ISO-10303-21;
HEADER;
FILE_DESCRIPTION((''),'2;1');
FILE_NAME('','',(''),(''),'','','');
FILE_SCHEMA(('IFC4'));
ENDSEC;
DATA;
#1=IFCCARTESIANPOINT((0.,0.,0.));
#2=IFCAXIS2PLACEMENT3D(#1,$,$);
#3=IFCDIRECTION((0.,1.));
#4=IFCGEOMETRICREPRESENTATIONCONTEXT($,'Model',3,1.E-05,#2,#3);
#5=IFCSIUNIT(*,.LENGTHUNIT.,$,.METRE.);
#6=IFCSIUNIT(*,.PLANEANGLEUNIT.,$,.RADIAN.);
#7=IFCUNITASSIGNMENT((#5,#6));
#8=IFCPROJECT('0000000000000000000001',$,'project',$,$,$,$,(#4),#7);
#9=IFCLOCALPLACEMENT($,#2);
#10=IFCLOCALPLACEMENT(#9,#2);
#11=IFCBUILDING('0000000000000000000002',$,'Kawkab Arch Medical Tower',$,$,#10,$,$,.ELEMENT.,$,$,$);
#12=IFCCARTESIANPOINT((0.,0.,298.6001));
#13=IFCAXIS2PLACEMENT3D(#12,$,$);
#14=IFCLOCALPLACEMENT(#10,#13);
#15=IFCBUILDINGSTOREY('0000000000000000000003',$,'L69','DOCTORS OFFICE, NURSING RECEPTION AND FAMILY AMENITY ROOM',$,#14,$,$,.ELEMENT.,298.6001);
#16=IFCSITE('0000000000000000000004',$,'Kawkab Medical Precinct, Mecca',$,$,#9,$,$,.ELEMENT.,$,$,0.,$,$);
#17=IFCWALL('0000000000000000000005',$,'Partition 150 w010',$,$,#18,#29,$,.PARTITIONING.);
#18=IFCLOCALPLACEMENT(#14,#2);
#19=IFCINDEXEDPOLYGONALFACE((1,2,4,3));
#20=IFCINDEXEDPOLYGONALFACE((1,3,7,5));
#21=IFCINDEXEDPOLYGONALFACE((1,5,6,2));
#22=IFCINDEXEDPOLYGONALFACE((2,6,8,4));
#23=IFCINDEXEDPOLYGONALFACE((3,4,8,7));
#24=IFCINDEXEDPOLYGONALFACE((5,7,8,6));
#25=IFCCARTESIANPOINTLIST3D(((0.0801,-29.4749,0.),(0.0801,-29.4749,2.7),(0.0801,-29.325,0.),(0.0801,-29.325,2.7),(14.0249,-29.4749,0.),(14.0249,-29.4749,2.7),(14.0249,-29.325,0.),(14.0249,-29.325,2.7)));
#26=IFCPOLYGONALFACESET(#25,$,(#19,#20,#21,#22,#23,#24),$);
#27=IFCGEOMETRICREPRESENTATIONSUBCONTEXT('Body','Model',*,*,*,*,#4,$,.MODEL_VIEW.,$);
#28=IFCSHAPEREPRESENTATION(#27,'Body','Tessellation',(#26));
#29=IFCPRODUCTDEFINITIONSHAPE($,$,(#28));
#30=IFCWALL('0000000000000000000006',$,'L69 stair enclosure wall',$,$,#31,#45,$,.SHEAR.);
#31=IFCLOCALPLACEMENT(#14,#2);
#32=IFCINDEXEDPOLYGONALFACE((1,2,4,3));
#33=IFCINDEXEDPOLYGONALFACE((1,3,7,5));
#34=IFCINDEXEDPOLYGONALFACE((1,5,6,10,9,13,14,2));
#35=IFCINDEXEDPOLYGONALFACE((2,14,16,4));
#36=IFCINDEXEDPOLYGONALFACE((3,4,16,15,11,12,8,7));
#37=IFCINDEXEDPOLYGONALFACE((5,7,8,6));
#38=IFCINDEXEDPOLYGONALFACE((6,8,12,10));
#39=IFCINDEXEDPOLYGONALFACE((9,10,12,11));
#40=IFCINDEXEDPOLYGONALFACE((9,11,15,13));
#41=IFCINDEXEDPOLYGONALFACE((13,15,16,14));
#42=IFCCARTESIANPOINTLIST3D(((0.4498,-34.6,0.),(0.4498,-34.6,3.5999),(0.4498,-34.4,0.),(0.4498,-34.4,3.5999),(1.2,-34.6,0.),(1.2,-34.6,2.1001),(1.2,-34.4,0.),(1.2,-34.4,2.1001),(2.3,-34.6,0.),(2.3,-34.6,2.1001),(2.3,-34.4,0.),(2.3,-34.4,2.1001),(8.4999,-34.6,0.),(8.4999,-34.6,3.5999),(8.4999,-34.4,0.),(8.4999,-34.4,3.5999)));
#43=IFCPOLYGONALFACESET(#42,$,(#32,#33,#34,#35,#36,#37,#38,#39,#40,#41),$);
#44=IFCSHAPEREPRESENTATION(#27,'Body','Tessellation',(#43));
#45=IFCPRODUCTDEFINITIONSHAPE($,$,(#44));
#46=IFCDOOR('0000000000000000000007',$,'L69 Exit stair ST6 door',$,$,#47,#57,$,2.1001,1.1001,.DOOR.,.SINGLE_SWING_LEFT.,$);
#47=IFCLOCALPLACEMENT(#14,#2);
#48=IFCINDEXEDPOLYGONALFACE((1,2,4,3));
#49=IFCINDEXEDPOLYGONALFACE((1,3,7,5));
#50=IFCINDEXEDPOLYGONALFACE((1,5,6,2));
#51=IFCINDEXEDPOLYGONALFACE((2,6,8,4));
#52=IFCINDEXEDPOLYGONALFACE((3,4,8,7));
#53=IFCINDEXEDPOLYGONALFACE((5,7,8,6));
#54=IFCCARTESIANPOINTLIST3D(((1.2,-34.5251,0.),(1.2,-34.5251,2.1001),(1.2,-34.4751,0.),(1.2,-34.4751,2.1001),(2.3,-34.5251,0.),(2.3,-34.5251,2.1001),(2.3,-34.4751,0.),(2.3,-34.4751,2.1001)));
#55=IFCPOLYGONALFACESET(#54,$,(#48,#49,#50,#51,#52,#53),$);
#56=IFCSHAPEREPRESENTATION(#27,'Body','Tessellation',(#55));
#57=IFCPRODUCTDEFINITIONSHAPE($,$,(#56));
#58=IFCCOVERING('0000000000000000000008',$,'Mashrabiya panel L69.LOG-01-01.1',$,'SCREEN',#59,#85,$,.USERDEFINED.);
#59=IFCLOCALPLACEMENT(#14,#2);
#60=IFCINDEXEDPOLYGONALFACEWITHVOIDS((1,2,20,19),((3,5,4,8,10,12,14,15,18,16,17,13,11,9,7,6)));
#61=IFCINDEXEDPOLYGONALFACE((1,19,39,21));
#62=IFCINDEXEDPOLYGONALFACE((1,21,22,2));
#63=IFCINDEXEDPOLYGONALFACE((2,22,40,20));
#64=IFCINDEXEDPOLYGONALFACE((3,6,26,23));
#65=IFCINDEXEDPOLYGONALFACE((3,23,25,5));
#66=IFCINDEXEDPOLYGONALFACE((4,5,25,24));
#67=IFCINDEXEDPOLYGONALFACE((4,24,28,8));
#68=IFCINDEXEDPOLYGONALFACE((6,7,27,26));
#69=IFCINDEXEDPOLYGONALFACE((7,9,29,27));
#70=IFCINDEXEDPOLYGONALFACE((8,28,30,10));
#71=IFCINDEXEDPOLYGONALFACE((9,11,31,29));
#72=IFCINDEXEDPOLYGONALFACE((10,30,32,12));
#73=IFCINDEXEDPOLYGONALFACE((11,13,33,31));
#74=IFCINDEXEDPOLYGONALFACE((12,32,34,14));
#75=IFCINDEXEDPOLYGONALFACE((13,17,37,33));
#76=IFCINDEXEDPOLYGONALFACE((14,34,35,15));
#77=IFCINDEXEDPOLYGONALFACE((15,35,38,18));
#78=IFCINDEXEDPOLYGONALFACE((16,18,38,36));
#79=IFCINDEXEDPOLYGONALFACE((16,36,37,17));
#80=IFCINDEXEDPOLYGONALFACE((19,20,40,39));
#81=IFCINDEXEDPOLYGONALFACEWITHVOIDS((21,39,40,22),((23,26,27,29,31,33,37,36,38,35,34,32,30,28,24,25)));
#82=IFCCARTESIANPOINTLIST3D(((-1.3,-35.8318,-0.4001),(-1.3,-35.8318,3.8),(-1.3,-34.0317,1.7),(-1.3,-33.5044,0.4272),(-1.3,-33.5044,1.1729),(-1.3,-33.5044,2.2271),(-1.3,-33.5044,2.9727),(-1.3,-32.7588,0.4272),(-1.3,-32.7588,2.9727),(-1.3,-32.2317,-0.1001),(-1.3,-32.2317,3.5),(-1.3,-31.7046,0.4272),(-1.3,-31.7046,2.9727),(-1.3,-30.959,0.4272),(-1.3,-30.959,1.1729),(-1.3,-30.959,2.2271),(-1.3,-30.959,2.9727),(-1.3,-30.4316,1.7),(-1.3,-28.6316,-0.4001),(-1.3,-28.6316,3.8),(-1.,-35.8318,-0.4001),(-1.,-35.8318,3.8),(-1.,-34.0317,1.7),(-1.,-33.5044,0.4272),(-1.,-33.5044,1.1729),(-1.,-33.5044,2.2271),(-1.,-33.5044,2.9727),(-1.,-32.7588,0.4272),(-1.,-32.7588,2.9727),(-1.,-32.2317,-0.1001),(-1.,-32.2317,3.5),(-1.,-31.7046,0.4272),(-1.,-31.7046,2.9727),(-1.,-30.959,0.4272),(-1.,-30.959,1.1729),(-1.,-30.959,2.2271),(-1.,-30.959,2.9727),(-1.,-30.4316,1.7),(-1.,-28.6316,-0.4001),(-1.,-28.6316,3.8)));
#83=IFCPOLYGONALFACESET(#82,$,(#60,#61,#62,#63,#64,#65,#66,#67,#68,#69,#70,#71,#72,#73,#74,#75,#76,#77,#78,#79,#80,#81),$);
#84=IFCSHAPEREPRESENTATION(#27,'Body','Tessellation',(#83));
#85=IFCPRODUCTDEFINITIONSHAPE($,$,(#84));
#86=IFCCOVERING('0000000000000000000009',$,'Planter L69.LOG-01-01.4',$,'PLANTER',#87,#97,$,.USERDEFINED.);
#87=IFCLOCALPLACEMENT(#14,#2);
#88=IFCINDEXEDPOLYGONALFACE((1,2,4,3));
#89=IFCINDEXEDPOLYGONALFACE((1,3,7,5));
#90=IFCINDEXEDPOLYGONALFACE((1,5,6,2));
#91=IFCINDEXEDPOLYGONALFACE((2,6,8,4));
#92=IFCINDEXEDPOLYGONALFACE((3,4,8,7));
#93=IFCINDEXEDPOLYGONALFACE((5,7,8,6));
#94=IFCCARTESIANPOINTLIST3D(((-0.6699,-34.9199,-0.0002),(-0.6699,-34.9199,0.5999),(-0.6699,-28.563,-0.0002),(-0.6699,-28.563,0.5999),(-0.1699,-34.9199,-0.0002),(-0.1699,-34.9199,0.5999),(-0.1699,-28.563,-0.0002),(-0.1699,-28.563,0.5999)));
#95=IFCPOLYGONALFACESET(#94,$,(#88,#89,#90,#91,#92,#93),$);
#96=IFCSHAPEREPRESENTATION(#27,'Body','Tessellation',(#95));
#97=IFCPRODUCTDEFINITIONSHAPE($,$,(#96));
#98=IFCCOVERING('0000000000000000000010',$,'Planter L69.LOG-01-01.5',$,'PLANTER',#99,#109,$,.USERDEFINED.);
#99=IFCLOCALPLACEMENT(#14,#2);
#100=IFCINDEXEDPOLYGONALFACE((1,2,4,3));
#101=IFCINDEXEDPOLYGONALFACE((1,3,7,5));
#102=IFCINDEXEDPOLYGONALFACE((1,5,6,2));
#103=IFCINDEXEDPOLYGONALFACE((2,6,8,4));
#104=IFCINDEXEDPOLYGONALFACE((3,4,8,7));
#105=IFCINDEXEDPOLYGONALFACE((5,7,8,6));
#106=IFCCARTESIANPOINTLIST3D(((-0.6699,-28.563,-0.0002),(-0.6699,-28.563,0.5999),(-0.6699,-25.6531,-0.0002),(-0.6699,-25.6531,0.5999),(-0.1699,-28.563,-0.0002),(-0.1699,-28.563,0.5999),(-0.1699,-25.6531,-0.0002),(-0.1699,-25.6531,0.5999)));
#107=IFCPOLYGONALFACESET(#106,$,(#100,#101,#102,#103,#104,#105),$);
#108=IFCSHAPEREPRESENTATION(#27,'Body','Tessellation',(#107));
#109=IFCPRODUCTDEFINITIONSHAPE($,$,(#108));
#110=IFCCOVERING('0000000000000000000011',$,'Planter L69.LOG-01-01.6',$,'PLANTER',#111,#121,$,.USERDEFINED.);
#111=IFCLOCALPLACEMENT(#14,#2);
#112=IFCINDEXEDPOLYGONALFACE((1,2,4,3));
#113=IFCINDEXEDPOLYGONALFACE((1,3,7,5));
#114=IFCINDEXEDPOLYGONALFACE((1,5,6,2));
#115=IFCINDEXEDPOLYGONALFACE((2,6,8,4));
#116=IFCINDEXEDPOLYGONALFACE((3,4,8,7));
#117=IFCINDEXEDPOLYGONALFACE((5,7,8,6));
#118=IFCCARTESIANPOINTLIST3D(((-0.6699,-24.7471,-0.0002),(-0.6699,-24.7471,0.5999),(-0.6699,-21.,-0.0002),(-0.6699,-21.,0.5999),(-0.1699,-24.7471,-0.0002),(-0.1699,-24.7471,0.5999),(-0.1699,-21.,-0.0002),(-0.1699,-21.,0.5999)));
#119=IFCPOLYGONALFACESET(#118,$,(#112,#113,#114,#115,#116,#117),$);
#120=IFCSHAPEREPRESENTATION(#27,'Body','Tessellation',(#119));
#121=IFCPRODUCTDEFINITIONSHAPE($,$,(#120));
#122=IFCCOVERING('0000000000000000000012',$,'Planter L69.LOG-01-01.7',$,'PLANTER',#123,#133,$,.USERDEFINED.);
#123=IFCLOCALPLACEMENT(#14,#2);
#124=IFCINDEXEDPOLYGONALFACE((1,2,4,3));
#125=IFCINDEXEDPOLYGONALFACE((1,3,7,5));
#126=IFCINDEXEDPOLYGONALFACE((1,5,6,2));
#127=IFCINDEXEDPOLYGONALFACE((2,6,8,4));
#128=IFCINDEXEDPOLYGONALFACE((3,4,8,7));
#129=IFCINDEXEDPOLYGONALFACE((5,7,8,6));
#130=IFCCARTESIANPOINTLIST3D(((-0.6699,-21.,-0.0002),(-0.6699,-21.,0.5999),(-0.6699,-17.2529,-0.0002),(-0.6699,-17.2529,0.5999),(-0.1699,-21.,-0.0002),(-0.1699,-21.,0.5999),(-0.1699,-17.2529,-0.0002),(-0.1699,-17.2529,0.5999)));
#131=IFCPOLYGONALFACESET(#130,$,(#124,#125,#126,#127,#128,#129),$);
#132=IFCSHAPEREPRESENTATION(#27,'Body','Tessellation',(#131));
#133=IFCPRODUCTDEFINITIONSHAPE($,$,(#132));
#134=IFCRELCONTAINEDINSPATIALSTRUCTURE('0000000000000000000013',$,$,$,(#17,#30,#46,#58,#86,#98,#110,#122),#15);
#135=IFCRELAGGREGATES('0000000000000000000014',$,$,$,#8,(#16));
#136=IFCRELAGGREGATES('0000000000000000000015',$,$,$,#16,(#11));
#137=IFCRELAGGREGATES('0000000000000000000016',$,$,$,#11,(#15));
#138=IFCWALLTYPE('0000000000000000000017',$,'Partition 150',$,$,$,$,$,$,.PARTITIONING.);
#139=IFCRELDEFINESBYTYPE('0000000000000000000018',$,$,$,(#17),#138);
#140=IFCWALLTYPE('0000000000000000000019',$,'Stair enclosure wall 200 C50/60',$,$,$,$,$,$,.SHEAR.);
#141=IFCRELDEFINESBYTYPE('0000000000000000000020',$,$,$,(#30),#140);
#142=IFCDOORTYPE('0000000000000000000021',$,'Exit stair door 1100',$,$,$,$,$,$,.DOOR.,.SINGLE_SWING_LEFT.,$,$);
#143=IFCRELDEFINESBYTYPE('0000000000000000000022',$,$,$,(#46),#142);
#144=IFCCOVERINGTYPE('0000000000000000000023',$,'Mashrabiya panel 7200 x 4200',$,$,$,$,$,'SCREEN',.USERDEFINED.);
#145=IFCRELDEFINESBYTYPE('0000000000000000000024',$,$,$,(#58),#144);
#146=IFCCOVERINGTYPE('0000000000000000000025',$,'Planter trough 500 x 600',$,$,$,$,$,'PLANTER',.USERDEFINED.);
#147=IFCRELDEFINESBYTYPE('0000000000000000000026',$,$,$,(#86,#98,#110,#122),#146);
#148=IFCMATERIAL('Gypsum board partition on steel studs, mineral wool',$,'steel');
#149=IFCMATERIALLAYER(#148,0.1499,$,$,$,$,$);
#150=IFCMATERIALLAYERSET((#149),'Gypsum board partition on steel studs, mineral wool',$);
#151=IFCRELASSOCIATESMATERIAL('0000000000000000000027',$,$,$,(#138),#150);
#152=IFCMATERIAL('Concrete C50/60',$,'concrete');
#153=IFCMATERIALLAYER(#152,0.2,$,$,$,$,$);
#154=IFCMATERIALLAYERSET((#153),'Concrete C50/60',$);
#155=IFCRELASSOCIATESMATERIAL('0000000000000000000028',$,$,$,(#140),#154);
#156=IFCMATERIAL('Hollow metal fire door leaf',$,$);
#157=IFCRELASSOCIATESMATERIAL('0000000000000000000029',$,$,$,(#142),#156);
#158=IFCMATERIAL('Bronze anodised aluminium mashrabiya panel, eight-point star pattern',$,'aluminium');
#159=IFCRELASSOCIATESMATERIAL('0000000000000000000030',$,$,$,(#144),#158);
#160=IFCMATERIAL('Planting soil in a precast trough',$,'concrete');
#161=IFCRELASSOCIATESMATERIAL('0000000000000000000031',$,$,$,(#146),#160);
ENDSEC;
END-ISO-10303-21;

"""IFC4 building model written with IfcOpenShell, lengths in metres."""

from ifc_helpers import new_model, si_unit, direction, frame, frame_2d, origin, origin_2d, place, context, subcontext, project, spatial, polyline, rectangle, outline, extrude, material, layer, layer_set, material_profile, profile_set, type_object, element, fill, save


model = new_model("IFC4")

# Units and contexts
model_context = context("Model", 3, precision=1e-05, world=origin(), true_north=direction((0.0, 1.0)))
body_context = subcontext(model_context, "Body", "Model", "MODEL_VIEW")
ifc_project = project(units=[si_unit("LENGTHUNIT", "METRE"), si_unit("PLANEANGLEUNIT", "RADIAN")], contexts=[model_context])

# Site, building, storey
site_placement = place(None, origin())
site = spatial("IfcSite", under=ifc_project, at=site_placement, Name="Kawkab Medical Precinct, Mecca", CompositionType="ELEMENT", RefElevation=0.0)
building_placement = place(site_placement, origin())
building = spatial("IfcBuilding", under=site, at=building_placement, Name="Kawkab Arch Medical Tower", CompositionType="ELEMENT")
storey_placement = place(building_placement, frame((0.0, 0.0, 298.6001)))
storey = spatial("IfcBuildingStorey", under=building, at=storey_placement, Name="L69", Description="DOCTORS OFFICE, NURSING RECEPTION AND FAMILY AMENITY ROOM", CompositionType="ELEMENT", Elevation=298.6001)

# Shared definitions
ifc_material_1 = material(Name="Gypsum board partition on steel studs, mineral wool", Category="steel")
ifc_layer_1 = layer(ifc_material_1, 0.1499)
ifc_layer_set_1 = layer_set([ifc_layer_1], Name="Gypsum board partition on steel studs, mineral wool")
wall_type_1 = type_object("IfcWallType", Name="Partition 150", PredefinedType="PARTITIONING", material=ifc_layer_set_1)

# Wall
wall_1_placement = place(storey_placement, frame((0.0801, -29.3999, 0.0), z_axis=(0.0, 0.0, 1.0), x_axis=(1.0, 0.0, 0.0)))
element("IfcWall", 1, at=wall_1_placement, inside=storey, type_object=wall_type_1, Name="Partition 150 w010", PredefinedType="PARTITIONING", context=body_context, shape_type="SweptSolid", body=[
    extrude(rectangle(XDim=13.9448, YDim=0.1499, at=frame_2d((6.9724, 0.0))), origin(), (0.0, 0.0, 1.0), 2.7),
])

# Wall, opening, door
ifc_material_2 = material(Name="Concrete C50/60", Category="concrete")
ifc_layer_2 = layer(ifc_material_2, 0.2)
ifc_layer_set_2 = layer_set([ifc_layer_2], Name="Concrete C50/60")
wall_type_2 = type_object("IfcWallType", Name="Stair enclosure wall 200 C50/60", PredefinedType="SHEAR", material=ifc_layer_set_2)
wall_2_placement = place(storey_placement, frame((0.45, -34.5, 0.0), z_axis=(0.0, 0.0, 1.0), x_axis=(1.0, 0.0, 0.0)))
wall_2 = element("IfcWall", 2, at=wall_2_placement, inside=storey, type_object=wall_type_2, Name="L69 stair enclosure wall", PredefinedType="SHEAR", context=body_context, shape_type="SweptSolid", body=[
    extrude(rectangle(XDim=8.05, YDim=0.2, at=frame_2d((4.0249, 0.0))), origin(), (0.0, 0.0, 1.0), 3.5999),
])
opening_1_placement = place(wall_2_placement, frame((0.75, 0.0, 0.0)))
opening_1 = element("IfcOpeningElement", 3, at=opening_1_placement, cuts=wall_2, PredefinedType="OPENING", context=body_context, shape_type="SweptSolid", body=[
    extrude(rectangle(XDim=1.1001, YDim=2.1001, at=frame_2d((0.55, 1.05))), frame((0.0, 0.1099, 0.0), z_axis=(0.0, -1.0, 0.0), x_axis=(1.0, 0.0, 0.0)), (0.0, 0.0, 1.0), 0.22),
])
ifc_material_3 = material(Name="Hollow metal fire door leaf")
door_type_1 = type_object("IfcDoorType", Name="Exit stair door 1100", OperationType="SINGLE_SWING_LEFT", PredefinedType="DOOR", material=ifc_material_3)
door_1_placement = place(opening_1_placement, origin())
door_1 = element("IfcDoor", 4, at=door_1_placement, inside=storey, type_object=door_type_1, Name="L69 Exit stair ST6 door", OperationType="SINGLE_SWING_LEFT", OverallHeight=2.1001, OverallWidth=1.1001, PredefinedType="DOOR", context=body_context, shape_type="SweptSolid", body=[
    extrude(rectangle(XDim=1.1001, YDim=2.1001, at=frame_2d((0.55, 1.05))), frame((0.0, 0.0249, 0.0), z_axis=(0.0, -1.0, 0.0), x_axis=(1.0, 0.0, 0.0)), (0.0, 0.0, 1.0), 0.05),
])
fill(opening_1, door_1)

# Coverings
ifc_material_4 = material(Name="Bronze anodised aluminium mashrabiya panel, eight-point star pattern", Category="aluminium")
ifc_material_profile_1 = material_profile(ifc_material_4, outline(polyline([(-3.6001, -2.1001), (3.6001, -2.1001), (3.6001, 2.1001), (-3.6001, 2.1001), (-3.6001, -2.1001)]), holes=[polyline([(1.8, 0.0), (1.2727, 0.5271), (1.2727, 1.2727), (0.5271, 1.2727), (0.0, 1.8), (-0.5271, 1.2727), (-1.2727, 1.2727), (-1.2727, 0.5271), (-1.8, 0.0), (-1.2727, -0.5271), (-1.2727, -1.2727), (-0.5271, -1.2727), (0.0, -1.8), (0.5271, -1.2727), (1.2727, -1.2727), (1.2727, -0.5271), (1.8, 0.0)])]), Name="Mashrabiya panel 7200x4200")
ifc_profile_set_1 = profile_set([ifc_material_profile_1], Name="Bronze anodised aluminium mashrabiya panel, eight-point star pattern")
covering_type_1 = type_object("IfcCoveringType", Name="Mashrabiya panel 7200 x 4200", ElementType="SCREEN", PredefinedType="USERDEFINED", material=ifc_profile_set_1)
covering_1_placement = place(storey_placement, frame((-1.0, -32.2317, 1.7), z_axis=(-1.0, 0.0, 0.0), x_axis=(0.0, -1.0, 0.0)))
element("IfcCovering", 5, at=covering_1_placement, inside=storey, type_object=covering_type_1, Name="Mashrabiya panel L69.LOG-01-01.1", ObjectType="SCREEN", PredefinedType="USERDEFINED", context=body_context, shape_type="SweptSolid", body=[
    extrude(outline(polyline([(-3.6001, -2.1001), (3.6001, -2.1001), (3.6001, 2.1001), (-3.6001, 2.1001), (-3.6001, -2.1001)]), holes=[polyline([(1.8, 0.0), (1.2727, 0.5271), (1.2727, 1.2727), (0.5271, 1.2727), (0.0, 1.8), (-0.5271, 1.2727), (-1.2727, 1.2727), (-1.2727, 0.5271), (-1.8, 0.0), (-1.2727, -0.5271), (-1.2727, -1.2727), (-0.5271, -1.2727), (0.0, -1.8), (0.5271, -1.2727), (1.2727, -1.2727), (1.2727, -0.5271), (1.8, 0.0)])]), origin(), (0.0, 0.0, 1.0), 0.3),
])
ifc_material_5 = material(Name="Planting soil in a precast trough", Category="concrete")
ifc_material_profile_2 = material_profile(ifc_material_5, rectangle(XDim=0.5, YDim=0.6001, at=origin_2d()), Name="Trough 500x600")
ifc_profile_set_2 = profile_set([ifc_material_profile_2], Name="Planting soil in a precast trough")
covering_type_2 = type_object("IfcCoveringType", Name="Planter trough 500 x 600", ElementType="PLANTER", PredefinedType="USERDEFINED", material=ifc_profile_set_2)
covering_2_placement = place(storey_placement, frame((-0.4199, -34.9199, 0.2998), z_axis=(0.0, 1.0, 0.0), x_axis=(-1.0, 0.0, 0.0)))
element("IfcCovering", 6, at=covering_2_placement, inside=storey, type_object=covering_type_2, Name="Planter L69.LOG-01-01.4", ObjectType="PLANTER", PredefinedType="USERDEFINED", context=body_context, shape_type="SweptSolid", body=[
    extrude(rectangle(XDim=0.5, YDim=0.6001, at=origin_2d()), origin(), (0.0, 0.0, 1.0), 6.3569),
])
covering_3_placement = place(storey_placement, frame((-0.4199, -28.563, 0.2998), z_axis=(0.0, 1.0, 0.0), x_axis=(-1.0, 0.0, 0.0)))
element("IfcCovering", 7, at=covering_3_placement, inside=storey, type_object=covering_type_2, Name="Planter L69.LOG-01-01.5", ObjectType="PLANTER", PredefinedType="USERDEFINED", context=body_context, shape_type="SweptSolid", body=[
    extrude(rectangle(XDim=0.5, YDim=0.6001, at=origin_2d()), origin(), (0.0, 0.0, 1.0), 2.9099),
])
for number, where, z_axis, x_axis, name in (
    (8, (-0.4199, -24.7471, 0.2998), (0.0, 1.0, 0.0), (-1.0, 0.0, 0.0), "Planter L69.LOG-01-01.6"),
    (9, (-0.4199, -21.0, 0.2998), (0.0, 1.0, 0.0), (-1.0, 0.0, 0.0), "Planter L69.LOG-01-01.7"),
):
    element("IfcCovering", number, at=place(storey_placement, frame(where, z_axis=z_axis, x_axis=x_axis)), inside=storey, type_object=covering_type_2, Name=name, ObjectType="PLANTER", PredefinedType="USERDEFINED", context=body_context, shape_type="SweptSolid", body=[
        extrude(rectangle(XDim=0.5, YDim=0.6001, at=origin_2d()), origin(), (0.0, 0.0, 1.0), 3.7471),
    ])

save(model, "model.ifc")
